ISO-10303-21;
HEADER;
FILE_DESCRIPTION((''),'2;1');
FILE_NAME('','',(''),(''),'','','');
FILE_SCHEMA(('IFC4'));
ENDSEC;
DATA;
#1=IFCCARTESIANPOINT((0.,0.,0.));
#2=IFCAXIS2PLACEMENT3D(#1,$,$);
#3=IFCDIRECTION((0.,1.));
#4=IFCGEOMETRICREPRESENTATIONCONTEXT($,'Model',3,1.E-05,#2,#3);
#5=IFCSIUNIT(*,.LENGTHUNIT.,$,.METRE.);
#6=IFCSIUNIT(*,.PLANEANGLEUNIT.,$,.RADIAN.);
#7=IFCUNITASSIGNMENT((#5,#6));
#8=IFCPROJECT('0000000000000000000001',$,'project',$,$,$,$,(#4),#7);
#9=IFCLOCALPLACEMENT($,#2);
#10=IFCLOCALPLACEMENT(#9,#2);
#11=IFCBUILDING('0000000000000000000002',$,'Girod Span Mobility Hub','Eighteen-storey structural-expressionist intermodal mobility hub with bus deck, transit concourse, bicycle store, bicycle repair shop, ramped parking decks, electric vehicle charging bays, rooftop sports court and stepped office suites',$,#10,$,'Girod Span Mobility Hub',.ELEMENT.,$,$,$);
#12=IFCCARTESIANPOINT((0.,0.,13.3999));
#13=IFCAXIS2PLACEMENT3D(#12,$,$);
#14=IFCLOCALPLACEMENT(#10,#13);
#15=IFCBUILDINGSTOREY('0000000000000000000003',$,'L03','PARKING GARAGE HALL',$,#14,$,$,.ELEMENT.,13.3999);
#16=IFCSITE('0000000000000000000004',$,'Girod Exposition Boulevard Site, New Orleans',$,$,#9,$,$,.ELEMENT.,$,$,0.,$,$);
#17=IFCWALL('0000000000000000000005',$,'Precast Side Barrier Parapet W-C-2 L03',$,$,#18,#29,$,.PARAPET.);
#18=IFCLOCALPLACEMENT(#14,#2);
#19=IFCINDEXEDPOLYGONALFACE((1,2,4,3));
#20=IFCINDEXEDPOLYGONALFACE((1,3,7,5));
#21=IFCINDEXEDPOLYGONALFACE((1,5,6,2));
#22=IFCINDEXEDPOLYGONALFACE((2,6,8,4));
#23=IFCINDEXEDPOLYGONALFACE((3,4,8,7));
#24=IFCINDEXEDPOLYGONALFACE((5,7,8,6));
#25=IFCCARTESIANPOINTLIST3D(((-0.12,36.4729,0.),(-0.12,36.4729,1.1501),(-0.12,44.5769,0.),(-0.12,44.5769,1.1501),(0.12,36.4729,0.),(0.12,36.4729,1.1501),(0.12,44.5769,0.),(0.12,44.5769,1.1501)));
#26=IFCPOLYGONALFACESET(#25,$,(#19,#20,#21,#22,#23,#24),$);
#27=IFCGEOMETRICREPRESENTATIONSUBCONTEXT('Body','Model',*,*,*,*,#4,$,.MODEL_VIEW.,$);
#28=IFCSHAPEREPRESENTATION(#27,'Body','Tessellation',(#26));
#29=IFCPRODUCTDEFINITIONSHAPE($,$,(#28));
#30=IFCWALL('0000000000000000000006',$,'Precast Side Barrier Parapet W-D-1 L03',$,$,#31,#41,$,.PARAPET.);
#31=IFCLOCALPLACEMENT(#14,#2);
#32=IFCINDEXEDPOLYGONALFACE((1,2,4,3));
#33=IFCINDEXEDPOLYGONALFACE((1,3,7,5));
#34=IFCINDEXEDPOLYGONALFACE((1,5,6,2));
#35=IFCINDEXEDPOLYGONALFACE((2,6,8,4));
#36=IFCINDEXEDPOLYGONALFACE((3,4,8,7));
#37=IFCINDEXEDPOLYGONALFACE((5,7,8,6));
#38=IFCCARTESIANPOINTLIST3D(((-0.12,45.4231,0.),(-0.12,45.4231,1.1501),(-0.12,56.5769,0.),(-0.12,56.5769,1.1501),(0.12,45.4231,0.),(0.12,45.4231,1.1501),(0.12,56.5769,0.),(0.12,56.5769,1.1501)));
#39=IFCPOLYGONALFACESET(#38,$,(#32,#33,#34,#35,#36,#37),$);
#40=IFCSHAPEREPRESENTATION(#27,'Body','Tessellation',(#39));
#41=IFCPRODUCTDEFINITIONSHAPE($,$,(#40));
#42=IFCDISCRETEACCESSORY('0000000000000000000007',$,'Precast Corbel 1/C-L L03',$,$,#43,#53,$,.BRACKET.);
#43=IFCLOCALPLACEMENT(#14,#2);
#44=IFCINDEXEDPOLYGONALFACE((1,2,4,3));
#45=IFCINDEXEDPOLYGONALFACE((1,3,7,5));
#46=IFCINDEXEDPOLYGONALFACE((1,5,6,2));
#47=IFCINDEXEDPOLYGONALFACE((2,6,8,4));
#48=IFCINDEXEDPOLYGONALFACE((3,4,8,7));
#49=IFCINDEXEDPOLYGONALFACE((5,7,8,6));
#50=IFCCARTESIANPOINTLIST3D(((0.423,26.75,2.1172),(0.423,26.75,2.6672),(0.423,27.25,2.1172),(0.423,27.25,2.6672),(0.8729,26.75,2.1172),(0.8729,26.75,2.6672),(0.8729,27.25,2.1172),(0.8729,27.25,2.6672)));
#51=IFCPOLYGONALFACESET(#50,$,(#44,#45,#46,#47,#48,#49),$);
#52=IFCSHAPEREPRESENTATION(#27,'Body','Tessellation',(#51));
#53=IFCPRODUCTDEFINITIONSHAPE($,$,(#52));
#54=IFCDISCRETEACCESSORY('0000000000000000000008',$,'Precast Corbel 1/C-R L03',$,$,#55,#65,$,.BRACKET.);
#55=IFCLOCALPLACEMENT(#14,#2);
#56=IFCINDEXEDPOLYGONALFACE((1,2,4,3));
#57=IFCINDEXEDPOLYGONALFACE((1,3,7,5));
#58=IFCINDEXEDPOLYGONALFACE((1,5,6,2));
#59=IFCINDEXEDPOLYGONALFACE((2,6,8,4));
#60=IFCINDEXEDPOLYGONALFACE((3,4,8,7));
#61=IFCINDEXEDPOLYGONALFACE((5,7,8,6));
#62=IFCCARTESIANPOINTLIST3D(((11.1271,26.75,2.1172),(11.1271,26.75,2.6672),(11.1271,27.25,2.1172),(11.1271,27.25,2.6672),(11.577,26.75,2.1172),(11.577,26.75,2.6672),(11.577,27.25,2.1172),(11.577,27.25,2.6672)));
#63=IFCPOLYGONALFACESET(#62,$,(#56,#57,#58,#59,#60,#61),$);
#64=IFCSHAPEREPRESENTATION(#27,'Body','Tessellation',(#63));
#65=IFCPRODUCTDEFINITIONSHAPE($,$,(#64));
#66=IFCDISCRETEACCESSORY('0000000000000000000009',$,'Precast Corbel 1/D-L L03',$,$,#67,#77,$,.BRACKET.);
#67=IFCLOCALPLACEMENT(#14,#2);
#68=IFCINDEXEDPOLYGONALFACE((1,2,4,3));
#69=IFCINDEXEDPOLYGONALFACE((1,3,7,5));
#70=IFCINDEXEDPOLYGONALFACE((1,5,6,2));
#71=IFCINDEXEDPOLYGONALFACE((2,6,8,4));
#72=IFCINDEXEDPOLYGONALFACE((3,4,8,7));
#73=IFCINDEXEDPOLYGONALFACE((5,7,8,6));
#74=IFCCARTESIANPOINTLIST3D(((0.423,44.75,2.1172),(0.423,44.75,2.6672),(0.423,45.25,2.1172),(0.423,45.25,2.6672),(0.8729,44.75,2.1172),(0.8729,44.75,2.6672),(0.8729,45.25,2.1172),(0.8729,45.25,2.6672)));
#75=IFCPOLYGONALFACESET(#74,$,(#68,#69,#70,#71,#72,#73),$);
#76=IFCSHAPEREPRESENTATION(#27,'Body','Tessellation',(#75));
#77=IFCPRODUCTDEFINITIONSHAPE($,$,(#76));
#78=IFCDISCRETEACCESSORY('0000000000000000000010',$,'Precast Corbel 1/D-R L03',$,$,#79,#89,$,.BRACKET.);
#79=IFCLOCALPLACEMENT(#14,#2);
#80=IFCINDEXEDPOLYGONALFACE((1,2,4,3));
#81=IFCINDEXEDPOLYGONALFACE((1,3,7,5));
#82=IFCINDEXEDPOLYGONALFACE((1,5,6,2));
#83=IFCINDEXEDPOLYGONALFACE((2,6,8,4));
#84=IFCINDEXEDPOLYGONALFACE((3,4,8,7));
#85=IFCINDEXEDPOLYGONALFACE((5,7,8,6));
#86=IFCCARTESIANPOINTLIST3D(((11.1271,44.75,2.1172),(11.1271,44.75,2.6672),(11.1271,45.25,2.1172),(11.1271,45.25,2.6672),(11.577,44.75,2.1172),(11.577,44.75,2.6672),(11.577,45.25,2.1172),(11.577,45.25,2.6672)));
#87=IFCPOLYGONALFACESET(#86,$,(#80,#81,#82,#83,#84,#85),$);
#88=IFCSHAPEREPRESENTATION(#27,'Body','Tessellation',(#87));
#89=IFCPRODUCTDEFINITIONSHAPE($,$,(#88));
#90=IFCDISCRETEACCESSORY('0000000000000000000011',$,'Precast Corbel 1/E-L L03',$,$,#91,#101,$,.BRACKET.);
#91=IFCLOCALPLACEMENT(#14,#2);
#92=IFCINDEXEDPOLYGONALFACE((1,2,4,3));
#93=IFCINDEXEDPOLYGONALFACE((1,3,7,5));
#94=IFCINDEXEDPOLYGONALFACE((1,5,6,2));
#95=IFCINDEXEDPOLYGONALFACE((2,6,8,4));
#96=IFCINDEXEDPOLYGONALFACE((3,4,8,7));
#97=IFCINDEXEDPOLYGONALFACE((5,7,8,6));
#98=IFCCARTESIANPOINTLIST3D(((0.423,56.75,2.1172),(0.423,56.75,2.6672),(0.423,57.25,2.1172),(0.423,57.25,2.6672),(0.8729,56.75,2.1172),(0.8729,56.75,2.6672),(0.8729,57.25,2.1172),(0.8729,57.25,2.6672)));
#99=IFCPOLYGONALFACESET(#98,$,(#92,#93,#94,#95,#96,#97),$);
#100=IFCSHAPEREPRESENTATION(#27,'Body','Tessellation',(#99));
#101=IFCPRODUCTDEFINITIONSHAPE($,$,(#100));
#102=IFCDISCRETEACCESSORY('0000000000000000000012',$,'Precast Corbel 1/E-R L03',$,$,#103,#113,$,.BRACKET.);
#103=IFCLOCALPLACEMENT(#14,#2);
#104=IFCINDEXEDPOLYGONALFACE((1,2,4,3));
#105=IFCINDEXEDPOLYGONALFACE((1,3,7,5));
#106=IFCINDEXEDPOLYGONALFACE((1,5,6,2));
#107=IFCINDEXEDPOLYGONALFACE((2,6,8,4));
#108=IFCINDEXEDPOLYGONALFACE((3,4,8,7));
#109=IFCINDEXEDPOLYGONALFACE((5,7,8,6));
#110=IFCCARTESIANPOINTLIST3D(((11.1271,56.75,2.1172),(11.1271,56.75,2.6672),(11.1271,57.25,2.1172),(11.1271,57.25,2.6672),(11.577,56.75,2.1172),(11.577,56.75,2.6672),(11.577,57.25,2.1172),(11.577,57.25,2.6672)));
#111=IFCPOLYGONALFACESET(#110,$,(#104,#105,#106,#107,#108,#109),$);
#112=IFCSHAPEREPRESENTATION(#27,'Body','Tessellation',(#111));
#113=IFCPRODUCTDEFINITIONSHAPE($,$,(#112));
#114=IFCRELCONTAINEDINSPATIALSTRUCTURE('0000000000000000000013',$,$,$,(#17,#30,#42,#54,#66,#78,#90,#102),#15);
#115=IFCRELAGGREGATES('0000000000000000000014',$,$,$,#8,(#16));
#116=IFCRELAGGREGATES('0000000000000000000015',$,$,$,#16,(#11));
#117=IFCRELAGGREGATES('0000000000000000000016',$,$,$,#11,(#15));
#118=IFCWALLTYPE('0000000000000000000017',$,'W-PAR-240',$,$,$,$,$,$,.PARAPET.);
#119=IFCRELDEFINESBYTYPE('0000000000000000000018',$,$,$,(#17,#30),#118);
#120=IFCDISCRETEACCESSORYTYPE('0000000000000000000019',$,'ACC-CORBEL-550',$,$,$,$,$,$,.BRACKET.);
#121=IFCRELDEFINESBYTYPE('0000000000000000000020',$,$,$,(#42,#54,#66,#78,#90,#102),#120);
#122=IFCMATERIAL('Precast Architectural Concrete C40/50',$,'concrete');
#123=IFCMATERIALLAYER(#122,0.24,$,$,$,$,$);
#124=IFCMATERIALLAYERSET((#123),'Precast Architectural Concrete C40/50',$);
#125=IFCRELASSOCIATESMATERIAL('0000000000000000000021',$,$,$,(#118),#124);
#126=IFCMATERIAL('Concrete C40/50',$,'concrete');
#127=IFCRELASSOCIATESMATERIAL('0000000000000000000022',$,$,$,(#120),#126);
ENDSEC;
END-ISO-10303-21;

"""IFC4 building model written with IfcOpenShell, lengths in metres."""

from ifc_helpers import new_model, si_unit, direction, frame, frame_2d, origin, origin_2d, place, context, subcontext, project, spatial, rectangle, extrude, material, layer, layer_set, type_object, element, save


model = new_model("IFC4")

# Units and contexts
model_context = context("Model", 3, precision=1e-05, world=origin(), true_north=direction((0.0, 1.0)))
body_context = subcontext(model_context, "Body", "Model", "MODEL_VIEW")
ifc_project = project(units=[si_unit("LENGTHUNIT", "METRE"), si_unit("PLANEANGLEUNIT", "RADIAN")], contexts=[model_context])

# Site, building, storey
site_placement = place(None, origin())
site = spatial("IfcSite", under=ifc_project, at=site_placement, Name="Girod Exposition Boulevard Site, New Orleans", CompositionType="ELEMENT", RefElevation=0.0)
building_placement = place(site_placement, origin())
building = spatial("IfcBuilding", under=site, at=building_placement, Name="Girod Span Mobility Hub", Description="Eighteen-storey structural-expressionist intermodal mobility hub with bus deck, transit concourse, bicycle store, bicycle repair shop, ramped parking decks, electric vehicle charging bays, rooftop sports court and stepped office suites", LongName="Girod Span Mobility Hub", CompositionType="ELEMENT")
storey_placement = place(building_placement, frame((0.0, 0.0, 13.3999)))
storey = spatial("IfcBuildingStorey", under=building, at=storey_placement, Name="L03", Description="PARKING GARAGE HALL", CompositionType="ELEMENT", Elevation=13.3999)

# Walls
ifc_material_1 = material(Name="Precast Architectural Concrete C40/50", Category="concrete")
ifc_layer = layer(ifc_material_1, 0.24)
ifc_layer_set = layer_set([ifc_layer], Name="Precast Architectural Concrete C40/50")
wall_type = type_object("IfcWallType", Name="W-PAR-240", PredefinedType="PARAPET", material=ifc_layer_set)
for number, where, z_axis, x_axis, name in (
    (1, (0.0, 36.4729, 0.0), (0.0, 0.0, 1.0), (0.0, 1.0, 0.0), "Precast Side Barrier Parapet W-C-2 L03"),
):
    element("IfcWall", number, at=place(storey_placement, frame(where, z_axis=z_axis, x_axis=x_axis)), inside=storey, type_object=wall_type, Name=name, PredefinedType="PARAPET", context=body_context, shape_type="SweptSolid", body=[
        extrude(rectangle(XDim=8.104, YDim=0.24, at=frame_2d((4.052, 0.0))), origin(), (0.0, 0.0, 1.0), 1.1501),
    ])
wall_placement = place(storey_placement, frame((0.0, 45.4231, 0.0), z_axis=(0.0, 0.0, 1.0), x_axis=(0.0, 1.0, 0.0)))
element("IfcWall", 2, at=wall_placement, inside=storey, type_object=wall_type, Name="Precast Side Barrier Parapet W-D-1 L03", PredefinedType="PARAPET", context=body_context, shape_type="SweptSolid", body=[
    extrude(rectangle(XDim=11.1538, YDim=0.24, at=frame_2d((5.5769, 0.0))), origin(), (0.0, 0.0, 1.0), 1.1501),
])

# Discrete accessories
ifc_material_2 = material(Name="Concrete C40/50", Category="concrete")
discrete_accessory_type = type_object("IfcDiscreteAccessoryType", Name="ACC-CORBEL-550", PredefinedType="BRACKET", material=ifc_material_2)
for number, where, z_axis, x_axis, name in (
    (3, (0.6479, 27.0, 2.1172), (0.0, 0.0, 1.0), (1.0, 0.0, 0.0), "Precast Corbel 1/C-L L03"),
    (4, (11.3521, 27.0, 2.1172), (0.0, 0.0, 1.0), (1.0, 0.0, 0.0), "Precast Corbel 1/C-R L03"),
    (5, (0.6479, 45.0, 2.1172), (0.0, 0.0, 1.0), (1.0, 0.0, 0.0), "Precast Corbel 1/D-L L03"),
    (6, (11.3521, 45.0, 2.1172), (0.0, 0.0, 1.0), (1.0, 0.0, 0.0), "Precast Corbel 1/D-R L03"),
    (7, (0.6479, 57.0, 2.1172), (0.0, 0.0, 1.0), (1.0, 0.0, 0.0), "Precast Corbel 1/E-L L03"),
    (8, (11.3521, 57.0, 2.1172), (0.0, 0.0, 1.0), (1.0, 0.0, 0.0), "Precast Corbel 1/E-R L03"),
):
    element("IfcDiscreteAccessory", number, at=place(storey_placement, frame(where, z_axis=z_axis, x_axis=x_axis)), inside=storey, type_object=discrete_accessory_type, Name=name, PredefinedType="BRACKET", context=body_context, shape_type="SweptSolid", body=[
        extrude(rectangle(XDim=0.45, YDim=0.5, at=origin_2d()), origin(), (0.0, 0.0, 1.0), 0.55),
    ])

save(model, "model.ifc")
